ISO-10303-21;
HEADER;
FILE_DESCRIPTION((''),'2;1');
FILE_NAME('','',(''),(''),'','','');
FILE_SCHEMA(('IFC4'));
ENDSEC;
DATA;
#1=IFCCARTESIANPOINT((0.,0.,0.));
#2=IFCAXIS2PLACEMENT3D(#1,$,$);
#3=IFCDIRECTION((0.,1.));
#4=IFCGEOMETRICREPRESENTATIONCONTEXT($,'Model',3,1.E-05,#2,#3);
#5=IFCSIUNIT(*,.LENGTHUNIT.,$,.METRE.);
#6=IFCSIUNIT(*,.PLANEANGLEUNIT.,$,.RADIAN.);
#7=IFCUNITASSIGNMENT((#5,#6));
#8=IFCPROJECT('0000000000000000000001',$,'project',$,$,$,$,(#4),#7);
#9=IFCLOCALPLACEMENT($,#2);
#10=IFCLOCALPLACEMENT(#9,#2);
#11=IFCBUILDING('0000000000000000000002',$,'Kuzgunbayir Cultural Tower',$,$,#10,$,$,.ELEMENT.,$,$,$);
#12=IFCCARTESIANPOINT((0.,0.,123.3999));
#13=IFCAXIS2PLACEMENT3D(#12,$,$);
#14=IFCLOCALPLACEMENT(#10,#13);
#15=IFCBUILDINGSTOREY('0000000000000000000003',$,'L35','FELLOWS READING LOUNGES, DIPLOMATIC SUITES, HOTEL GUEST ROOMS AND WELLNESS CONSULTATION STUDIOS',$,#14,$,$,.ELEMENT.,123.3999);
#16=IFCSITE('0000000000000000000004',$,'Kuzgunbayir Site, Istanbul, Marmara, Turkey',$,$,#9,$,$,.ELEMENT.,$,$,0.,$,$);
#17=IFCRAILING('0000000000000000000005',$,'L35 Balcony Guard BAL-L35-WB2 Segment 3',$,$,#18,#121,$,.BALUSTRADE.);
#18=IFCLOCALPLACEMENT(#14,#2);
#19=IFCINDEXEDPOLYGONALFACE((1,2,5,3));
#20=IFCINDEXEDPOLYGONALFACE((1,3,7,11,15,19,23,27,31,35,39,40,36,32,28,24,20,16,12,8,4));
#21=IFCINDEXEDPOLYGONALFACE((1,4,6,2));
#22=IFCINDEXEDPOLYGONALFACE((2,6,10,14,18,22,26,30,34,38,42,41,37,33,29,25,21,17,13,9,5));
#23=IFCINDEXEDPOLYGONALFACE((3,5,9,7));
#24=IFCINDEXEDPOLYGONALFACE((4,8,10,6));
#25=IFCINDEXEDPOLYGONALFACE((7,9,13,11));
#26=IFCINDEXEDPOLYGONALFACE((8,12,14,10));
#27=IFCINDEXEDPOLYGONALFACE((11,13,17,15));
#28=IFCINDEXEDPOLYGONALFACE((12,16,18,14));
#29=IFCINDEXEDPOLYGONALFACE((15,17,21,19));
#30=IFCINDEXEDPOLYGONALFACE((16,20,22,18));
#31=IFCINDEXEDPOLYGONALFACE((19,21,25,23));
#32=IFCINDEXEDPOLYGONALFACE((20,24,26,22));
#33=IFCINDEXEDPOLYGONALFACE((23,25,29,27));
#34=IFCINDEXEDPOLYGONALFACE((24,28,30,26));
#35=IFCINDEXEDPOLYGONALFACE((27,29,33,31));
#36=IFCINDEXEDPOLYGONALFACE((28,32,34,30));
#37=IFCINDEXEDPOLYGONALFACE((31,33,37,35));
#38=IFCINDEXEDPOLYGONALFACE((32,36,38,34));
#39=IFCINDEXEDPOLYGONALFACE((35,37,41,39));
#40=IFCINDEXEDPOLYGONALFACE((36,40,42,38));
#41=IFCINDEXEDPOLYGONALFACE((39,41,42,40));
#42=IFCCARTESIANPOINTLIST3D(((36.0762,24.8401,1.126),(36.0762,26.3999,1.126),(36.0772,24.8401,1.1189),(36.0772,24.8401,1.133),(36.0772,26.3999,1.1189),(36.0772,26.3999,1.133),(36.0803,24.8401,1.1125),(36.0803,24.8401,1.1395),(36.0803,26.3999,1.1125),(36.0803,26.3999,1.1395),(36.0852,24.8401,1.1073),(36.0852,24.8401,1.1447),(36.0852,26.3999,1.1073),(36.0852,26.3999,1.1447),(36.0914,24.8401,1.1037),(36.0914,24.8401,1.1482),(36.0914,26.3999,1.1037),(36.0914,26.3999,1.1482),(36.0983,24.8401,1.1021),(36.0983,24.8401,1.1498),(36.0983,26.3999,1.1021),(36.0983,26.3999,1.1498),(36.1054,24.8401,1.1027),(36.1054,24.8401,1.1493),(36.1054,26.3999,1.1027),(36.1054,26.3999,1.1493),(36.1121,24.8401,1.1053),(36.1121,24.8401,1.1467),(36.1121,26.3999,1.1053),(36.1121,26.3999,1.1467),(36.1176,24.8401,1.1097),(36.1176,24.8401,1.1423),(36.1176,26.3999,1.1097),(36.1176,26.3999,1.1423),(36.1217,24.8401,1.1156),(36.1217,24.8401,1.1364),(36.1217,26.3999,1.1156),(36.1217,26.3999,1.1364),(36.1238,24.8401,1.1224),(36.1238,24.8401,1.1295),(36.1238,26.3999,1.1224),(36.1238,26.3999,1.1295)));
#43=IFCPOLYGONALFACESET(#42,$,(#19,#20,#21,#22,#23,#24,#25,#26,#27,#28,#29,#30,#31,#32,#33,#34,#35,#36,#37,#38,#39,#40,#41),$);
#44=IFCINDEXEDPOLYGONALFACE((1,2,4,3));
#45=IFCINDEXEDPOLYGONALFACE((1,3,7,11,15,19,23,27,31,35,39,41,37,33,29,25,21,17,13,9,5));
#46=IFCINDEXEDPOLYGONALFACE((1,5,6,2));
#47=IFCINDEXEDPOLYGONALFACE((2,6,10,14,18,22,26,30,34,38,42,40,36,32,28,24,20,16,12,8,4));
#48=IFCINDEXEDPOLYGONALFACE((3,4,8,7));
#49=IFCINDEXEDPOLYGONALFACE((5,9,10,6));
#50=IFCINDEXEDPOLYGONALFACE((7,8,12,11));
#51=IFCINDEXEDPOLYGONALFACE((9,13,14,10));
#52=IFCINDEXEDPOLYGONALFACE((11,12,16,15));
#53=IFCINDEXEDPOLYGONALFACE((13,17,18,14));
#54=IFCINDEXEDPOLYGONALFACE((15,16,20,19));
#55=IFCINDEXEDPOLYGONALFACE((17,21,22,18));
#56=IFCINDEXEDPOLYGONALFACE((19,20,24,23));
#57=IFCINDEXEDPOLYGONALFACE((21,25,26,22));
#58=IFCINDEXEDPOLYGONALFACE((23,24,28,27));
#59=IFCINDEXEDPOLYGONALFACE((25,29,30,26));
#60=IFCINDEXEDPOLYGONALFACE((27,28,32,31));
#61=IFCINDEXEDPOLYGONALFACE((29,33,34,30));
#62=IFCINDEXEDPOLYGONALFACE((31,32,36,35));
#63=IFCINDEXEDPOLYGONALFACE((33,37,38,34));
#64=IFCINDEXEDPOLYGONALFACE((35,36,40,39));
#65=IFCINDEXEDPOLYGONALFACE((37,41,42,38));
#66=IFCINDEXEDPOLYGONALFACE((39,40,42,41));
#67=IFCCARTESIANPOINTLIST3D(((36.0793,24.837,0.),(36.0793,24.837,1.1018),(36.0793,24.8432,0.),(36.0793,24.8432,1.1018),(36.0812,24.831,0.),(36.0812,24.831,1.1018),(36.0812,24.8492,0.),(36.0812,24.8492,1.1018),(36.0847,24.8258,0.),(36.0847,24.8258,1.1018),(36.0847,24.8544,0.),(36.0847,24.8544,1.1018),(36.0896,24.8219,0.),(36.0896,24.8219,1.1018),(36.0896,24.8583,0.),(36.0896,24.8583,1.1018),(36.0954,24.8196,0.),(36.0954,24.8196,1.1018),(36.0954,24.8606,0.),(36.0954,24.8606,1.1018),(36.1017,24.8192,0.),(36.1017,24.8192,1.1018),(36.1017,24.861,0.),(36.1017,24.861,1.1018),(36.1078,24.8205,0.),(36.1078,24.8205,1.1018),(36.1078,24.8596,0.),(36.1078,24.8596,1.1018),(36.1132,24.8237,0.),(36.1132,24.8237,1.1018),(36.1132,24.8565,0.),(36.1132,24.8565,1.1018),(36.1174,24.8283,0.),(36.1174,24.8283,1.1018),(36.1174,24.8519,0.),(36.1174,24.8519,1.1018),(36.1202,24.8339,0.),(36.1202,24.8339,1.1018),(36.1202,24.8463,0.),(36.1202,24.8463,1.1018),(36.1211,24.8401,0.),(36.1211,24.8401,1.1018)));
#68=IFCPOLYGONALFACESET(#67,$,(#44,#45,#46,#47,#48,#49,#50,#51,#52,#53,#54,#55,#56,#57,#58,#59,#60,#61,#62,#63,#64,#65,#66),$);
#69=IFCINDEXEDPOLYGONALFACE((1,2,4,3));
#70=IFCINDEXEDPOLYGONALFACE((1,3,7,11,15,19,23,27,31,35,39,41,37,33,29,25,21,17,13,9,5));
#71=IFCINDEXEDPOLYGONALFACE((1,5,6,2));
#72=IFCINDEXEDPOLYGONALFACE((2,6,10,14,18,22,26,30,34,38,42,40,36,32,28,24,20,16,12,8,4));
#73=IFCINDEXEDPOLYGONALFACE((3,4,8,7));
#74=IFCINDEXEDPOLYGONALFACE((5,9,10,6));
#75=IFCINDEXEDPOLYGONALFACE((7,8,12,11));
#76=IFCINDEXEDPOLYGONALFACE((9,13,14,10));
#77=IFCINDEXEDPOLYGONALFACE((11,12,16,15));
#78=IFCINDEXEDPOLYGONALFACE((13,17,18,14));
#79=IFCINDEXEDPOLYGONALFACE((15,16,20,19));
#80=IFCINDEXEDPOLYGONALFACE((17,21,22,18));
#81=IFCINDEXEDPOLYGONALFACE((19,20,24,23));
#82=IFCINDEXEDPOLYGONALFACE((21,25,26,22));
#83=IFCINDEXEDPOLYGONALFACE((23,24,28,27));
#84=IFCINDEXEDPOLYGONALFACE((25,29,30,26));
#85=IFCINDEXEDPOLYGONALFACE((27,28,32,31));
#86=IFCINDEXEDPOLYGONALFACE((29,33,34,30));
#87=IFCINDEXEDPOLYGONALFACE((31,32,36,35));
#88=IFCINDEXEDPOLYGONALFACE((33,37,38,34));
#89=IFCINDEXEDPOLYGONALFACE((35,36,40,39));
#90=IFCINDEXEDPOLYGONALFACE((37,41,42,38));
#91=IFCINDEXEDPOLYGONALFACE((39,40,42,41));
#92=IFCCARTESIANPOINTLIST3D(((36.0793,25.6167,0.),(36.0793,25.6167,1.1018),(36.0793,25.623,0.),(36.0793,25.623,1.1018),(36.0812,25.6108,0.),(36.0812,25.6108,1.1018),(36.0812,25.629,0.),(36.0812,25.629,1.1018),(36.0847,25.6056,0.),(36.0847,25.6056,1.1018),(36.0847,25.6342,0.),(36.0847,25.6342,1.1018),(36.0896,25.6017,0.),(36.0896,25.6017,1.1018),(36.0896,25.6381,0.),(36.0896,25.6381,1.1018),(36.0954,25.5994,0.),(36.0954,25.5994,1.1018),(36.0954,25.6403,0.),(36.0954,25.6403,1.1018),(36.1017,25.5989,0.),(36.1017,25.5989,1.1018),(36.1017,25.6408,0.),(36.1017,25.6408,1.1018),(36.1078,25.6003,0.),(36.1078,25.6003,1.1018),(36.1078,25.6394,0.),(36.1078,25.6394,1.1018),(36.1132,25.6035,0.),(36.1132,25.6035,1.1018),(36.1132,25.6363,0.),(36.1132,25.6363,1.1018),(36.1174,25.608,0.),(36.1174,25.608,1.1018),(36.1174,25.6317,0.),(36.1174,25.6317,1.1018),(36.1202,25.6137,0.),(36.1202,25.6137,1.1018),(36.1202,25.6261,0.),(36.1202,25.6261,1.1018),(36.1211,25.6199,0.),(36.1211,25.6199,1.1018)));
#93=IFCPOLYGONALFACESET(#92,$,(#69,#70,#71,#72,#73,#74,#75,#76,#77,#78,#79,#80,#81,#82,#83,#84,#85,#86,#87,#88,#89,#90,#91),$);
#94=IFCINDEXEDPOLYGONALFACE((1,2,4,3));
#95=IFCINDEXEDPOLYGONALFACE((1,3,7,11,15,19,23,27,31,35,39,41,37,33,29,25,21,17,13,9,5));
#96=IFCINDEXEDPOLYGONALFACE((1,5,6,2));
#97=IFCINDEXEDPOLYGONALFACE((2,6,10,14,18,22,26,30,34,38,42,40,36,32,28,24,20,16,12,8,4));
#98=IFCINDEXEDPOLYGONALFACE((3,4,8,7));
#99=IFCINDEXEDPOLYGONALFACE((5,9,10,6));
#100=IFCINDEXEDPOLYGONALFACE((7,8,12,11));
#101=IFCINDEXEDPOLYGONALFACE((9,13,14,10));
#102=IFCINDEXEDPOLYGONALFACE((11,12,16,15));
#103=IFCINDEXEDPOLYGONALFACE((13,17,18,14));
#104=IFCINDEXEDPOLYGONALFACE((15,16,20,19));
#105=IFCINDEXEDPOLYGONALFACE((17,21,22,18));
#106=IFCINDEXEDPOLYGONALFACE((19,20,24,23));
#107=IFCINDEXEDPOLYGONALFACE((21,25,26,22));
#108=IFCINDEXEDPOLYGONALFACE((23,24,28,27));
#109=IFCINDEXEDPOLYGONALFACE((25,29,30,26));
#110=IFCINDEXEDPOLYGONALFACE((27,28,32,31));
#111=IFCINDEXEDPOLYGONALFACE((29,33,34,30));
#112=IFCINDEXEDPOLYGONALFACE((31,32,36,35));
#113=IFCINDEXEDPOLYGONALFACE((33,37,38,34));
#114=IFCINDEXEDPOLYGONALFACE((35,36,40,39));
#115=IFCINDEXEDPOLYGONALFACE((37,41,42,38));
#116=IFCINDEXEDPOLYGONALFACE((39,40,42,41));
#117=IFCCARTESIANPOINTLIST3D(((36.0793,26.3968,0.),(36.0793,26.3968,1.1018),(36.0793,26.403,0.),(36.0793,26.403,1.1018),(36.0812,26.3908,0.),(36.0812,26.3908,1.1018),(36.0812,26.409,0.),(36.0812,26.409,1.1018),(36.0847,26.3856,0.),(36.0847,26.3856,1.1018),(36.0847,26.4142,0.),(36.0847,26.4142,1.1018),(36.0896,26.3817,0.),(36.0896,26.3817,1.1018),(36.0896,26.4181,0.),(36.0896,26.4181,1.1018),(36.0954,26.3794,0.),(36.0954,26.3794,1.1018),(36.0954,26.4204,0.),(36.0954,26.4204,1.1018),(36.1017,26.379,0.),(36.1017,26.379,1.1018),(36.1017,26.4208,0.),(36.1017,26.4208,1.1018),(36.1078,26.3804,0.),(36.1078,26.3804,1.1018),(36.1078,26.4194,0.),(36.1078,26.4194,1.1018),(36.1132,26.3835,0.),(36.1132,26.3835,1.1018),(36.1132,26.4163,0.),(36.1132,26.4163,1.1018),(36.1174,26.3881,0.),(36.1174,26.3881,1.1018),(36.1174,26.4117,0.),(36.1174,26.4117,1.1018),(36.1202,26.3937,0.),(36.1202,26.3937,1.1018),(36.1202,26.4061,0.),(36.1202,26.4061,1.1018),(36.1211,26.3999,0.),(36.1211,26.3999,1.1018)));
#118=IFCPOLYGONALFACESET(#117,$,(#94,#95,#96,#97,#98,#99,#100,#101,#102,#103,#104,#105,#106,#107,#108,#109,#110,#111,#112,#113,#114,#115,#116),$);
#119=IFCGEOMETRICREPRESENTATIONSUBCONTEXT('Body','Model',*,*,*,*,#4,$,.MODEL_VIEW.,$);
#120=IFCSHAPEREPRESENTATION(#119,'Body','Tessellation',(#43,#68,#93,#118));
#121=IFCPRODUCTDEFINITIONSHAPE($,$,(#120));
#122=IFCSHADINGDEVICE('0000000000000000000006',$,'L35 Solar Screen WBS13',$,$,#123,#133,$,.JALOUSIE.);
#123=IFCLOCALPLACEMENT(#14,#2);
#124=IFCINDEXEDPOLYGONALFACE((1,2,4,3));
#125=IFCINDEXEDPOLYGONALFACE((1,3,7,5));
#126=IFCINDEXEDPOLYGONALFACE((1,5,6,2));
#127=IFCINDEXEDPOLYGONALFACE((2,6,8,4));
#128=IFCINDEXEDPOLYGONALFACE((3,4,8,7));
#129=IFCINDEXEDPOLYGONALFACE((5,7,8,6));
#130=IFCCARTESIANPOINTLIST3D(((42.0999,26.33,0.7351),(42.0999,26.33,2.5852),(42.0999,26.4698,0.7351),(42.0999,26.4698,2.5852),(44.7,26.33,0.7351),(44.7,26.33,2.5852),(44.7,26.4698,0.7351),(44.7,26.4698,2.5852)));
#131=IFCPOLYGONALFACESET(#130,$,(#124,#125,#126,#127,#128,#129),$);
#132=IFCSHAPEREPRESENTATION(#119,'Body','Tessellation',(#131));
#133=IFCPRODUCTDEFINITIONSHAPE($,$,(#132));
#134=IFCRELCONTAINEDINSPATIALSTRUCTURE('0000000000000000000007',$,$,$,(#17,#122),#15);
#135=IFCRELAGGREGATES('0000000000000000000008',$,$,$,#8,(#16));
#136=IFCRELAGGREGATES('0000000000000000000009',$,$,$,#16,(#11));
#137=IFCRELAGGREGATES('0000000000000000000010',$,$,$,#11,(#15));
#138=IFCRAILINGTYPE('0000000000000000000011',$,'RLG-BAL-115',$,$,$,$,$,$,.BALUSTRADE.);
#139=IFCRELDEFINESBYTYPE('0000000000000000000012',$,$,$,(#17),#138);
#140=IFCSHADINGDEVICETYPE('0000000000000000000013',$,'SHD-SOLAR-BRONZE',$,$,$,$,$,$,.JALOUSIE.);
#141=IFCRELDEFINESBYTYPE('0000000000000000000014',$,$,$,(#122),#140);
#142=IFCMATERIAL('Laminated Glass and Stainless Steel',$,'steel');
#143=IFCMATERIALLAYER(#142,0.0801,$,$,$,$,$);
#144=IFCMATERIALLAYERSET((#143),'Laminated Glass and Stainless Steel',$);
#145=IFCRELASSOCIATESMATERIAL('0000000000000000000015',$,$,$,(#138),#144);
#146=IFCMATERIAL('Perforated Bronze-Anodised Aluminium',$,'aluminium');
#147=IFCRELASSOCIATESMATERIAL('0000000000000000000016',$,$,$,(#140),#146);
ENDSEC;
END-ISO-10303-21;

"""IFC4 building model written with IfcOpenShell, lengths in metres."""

from ifc_helpers import new_model, si_unit, direction, frame, origin, origin_2d, place, context, subcontext, project, spatial, rectangle, circle, extrude, material, layer, layer_set, type_object, element, save


model = new_model("IFC4")

# Units and contexts
model_context = context("Model", 3, precision=1e-05, world=origin(), true_north=direction((0.0, 1.0)))
body_context = subcontext(model_context, "Body", "Model", "MODEL_VIEW")
ifc_project = project(units=[si_unit("LENGTHUNIT", "METRE"), si_unit("PLANEANGLEUNIT", "RADIAN")], contexts=[model_context])

# Site, building, storey
site_placement = place(None, origin())
site = spatial("IfcSite", under=ifc_project, at=site_placement, Name="Kuzgunbayir Site, Istanbul, Marmara, Turkey", CompositionType="ELEMENT", RefElevation=0.0)
building_placement = place(site_placement, origin())
building = spatial("IfcBuilding", under=site, at=building_placement, Name="Kuzgunbayir Cultural Tower", CompositionType="ELEMENT")
storey_placement = place(building_placement, frame((0.0, 0.0, 123.3999)))
storey = spatial("IfcBuildingStorey", under=building, at=storey_placement, Name="L35", Description="FELLOWS READING LOUNGES, DIPLOMATIC SUITES, HOTEL GUEST ROOMS AND WELLNESS CONSULTATION STUDIOS", CompositionType="ELEMENT", Elevation=123.3999)

# Railing
ifc_material_1 = material(Name="Laminated Glass and Stainless Steel", Category="steel")
ifc_layer_1 = layer(ifc_material_1, 0.0801)
ifc_layer_set_1 = layer_set([ifc_layer_1], Name="Laminated Glass and Stainless Steel")
railing_type = type_object("IfcRailingType", Name="RLG-BAL-115", PredefinedType="BALUSTRADE", material=ifc_layer_set_1)
railing_1_placement = place(storey_placement, frame((36.1001, 24.8401, 0.0)))
element("IfcRailing", 1, at=railing_1_placement, inside=storey, type_object=railing_type, Name="L35 Balcony Guard BAL-L35-WB2 Segment 3", PredefinedType="BALUSTRADE", context=body_context, shape_type="SweptSolid", body=[
    extrude(circle(Radius=0.0239, at=origin_2d()), frame((0.0, 0.0, 1.126), z_axis=(0.0, 1.0, 0.0), x_axis=(-1.0, 0.0, 0.0)), (0.0, 0.0, 1.0), 1.5598),
    extrude(circle(Radius=0.021, at=origin_2d()), origin(), (0.0, 0.0, 1.0), 1.1018),
    extrude(circle(Radius=0.021, at=origin_2d()), frame((0.0, 0.7798, 0.0)), (0.0, 0.0, 1.0), 1.1018),
    extrude(circle(Radius=0.021, at=origin_2d()), frame((0.0, 1.5598, 0.0)), (0.0, 0.0, 1.0), 1.1018),
])

# Shading device
ifc_material_2 = material(Name="Perforated Bronze-Anodised Aluminium", Category="aluminium")
shading_device_type = type_object("IfcShadingDeviceType", Name="SHD-SOLAR-BRONZE", PredefinedType="JALOUSIE", material=ifc_material_2)
shading_device_placement = place(storey_placement, frame((43.3999, 26.3999, 0.7351), z_axis=(0.0, 0.0, 1.0), x_axis=(1.0, 0.0, 0.0)))
element("IfcShadingDevice", 2, at=shading_device_placement, inside=storey, type_object=shading_device_type, Name="L35 Solar Screen WBS13", PredefinedType="JALOUSIE", context=body_context, shape_type="SweptSolid", body=[
    extrude(rectangle(XDim=2.6001, YDim=0.1399, at=origin_2d()), origin(), (0.0, 0.0, 1.0), 1.8501),
])

save(model, "model.ifc")
